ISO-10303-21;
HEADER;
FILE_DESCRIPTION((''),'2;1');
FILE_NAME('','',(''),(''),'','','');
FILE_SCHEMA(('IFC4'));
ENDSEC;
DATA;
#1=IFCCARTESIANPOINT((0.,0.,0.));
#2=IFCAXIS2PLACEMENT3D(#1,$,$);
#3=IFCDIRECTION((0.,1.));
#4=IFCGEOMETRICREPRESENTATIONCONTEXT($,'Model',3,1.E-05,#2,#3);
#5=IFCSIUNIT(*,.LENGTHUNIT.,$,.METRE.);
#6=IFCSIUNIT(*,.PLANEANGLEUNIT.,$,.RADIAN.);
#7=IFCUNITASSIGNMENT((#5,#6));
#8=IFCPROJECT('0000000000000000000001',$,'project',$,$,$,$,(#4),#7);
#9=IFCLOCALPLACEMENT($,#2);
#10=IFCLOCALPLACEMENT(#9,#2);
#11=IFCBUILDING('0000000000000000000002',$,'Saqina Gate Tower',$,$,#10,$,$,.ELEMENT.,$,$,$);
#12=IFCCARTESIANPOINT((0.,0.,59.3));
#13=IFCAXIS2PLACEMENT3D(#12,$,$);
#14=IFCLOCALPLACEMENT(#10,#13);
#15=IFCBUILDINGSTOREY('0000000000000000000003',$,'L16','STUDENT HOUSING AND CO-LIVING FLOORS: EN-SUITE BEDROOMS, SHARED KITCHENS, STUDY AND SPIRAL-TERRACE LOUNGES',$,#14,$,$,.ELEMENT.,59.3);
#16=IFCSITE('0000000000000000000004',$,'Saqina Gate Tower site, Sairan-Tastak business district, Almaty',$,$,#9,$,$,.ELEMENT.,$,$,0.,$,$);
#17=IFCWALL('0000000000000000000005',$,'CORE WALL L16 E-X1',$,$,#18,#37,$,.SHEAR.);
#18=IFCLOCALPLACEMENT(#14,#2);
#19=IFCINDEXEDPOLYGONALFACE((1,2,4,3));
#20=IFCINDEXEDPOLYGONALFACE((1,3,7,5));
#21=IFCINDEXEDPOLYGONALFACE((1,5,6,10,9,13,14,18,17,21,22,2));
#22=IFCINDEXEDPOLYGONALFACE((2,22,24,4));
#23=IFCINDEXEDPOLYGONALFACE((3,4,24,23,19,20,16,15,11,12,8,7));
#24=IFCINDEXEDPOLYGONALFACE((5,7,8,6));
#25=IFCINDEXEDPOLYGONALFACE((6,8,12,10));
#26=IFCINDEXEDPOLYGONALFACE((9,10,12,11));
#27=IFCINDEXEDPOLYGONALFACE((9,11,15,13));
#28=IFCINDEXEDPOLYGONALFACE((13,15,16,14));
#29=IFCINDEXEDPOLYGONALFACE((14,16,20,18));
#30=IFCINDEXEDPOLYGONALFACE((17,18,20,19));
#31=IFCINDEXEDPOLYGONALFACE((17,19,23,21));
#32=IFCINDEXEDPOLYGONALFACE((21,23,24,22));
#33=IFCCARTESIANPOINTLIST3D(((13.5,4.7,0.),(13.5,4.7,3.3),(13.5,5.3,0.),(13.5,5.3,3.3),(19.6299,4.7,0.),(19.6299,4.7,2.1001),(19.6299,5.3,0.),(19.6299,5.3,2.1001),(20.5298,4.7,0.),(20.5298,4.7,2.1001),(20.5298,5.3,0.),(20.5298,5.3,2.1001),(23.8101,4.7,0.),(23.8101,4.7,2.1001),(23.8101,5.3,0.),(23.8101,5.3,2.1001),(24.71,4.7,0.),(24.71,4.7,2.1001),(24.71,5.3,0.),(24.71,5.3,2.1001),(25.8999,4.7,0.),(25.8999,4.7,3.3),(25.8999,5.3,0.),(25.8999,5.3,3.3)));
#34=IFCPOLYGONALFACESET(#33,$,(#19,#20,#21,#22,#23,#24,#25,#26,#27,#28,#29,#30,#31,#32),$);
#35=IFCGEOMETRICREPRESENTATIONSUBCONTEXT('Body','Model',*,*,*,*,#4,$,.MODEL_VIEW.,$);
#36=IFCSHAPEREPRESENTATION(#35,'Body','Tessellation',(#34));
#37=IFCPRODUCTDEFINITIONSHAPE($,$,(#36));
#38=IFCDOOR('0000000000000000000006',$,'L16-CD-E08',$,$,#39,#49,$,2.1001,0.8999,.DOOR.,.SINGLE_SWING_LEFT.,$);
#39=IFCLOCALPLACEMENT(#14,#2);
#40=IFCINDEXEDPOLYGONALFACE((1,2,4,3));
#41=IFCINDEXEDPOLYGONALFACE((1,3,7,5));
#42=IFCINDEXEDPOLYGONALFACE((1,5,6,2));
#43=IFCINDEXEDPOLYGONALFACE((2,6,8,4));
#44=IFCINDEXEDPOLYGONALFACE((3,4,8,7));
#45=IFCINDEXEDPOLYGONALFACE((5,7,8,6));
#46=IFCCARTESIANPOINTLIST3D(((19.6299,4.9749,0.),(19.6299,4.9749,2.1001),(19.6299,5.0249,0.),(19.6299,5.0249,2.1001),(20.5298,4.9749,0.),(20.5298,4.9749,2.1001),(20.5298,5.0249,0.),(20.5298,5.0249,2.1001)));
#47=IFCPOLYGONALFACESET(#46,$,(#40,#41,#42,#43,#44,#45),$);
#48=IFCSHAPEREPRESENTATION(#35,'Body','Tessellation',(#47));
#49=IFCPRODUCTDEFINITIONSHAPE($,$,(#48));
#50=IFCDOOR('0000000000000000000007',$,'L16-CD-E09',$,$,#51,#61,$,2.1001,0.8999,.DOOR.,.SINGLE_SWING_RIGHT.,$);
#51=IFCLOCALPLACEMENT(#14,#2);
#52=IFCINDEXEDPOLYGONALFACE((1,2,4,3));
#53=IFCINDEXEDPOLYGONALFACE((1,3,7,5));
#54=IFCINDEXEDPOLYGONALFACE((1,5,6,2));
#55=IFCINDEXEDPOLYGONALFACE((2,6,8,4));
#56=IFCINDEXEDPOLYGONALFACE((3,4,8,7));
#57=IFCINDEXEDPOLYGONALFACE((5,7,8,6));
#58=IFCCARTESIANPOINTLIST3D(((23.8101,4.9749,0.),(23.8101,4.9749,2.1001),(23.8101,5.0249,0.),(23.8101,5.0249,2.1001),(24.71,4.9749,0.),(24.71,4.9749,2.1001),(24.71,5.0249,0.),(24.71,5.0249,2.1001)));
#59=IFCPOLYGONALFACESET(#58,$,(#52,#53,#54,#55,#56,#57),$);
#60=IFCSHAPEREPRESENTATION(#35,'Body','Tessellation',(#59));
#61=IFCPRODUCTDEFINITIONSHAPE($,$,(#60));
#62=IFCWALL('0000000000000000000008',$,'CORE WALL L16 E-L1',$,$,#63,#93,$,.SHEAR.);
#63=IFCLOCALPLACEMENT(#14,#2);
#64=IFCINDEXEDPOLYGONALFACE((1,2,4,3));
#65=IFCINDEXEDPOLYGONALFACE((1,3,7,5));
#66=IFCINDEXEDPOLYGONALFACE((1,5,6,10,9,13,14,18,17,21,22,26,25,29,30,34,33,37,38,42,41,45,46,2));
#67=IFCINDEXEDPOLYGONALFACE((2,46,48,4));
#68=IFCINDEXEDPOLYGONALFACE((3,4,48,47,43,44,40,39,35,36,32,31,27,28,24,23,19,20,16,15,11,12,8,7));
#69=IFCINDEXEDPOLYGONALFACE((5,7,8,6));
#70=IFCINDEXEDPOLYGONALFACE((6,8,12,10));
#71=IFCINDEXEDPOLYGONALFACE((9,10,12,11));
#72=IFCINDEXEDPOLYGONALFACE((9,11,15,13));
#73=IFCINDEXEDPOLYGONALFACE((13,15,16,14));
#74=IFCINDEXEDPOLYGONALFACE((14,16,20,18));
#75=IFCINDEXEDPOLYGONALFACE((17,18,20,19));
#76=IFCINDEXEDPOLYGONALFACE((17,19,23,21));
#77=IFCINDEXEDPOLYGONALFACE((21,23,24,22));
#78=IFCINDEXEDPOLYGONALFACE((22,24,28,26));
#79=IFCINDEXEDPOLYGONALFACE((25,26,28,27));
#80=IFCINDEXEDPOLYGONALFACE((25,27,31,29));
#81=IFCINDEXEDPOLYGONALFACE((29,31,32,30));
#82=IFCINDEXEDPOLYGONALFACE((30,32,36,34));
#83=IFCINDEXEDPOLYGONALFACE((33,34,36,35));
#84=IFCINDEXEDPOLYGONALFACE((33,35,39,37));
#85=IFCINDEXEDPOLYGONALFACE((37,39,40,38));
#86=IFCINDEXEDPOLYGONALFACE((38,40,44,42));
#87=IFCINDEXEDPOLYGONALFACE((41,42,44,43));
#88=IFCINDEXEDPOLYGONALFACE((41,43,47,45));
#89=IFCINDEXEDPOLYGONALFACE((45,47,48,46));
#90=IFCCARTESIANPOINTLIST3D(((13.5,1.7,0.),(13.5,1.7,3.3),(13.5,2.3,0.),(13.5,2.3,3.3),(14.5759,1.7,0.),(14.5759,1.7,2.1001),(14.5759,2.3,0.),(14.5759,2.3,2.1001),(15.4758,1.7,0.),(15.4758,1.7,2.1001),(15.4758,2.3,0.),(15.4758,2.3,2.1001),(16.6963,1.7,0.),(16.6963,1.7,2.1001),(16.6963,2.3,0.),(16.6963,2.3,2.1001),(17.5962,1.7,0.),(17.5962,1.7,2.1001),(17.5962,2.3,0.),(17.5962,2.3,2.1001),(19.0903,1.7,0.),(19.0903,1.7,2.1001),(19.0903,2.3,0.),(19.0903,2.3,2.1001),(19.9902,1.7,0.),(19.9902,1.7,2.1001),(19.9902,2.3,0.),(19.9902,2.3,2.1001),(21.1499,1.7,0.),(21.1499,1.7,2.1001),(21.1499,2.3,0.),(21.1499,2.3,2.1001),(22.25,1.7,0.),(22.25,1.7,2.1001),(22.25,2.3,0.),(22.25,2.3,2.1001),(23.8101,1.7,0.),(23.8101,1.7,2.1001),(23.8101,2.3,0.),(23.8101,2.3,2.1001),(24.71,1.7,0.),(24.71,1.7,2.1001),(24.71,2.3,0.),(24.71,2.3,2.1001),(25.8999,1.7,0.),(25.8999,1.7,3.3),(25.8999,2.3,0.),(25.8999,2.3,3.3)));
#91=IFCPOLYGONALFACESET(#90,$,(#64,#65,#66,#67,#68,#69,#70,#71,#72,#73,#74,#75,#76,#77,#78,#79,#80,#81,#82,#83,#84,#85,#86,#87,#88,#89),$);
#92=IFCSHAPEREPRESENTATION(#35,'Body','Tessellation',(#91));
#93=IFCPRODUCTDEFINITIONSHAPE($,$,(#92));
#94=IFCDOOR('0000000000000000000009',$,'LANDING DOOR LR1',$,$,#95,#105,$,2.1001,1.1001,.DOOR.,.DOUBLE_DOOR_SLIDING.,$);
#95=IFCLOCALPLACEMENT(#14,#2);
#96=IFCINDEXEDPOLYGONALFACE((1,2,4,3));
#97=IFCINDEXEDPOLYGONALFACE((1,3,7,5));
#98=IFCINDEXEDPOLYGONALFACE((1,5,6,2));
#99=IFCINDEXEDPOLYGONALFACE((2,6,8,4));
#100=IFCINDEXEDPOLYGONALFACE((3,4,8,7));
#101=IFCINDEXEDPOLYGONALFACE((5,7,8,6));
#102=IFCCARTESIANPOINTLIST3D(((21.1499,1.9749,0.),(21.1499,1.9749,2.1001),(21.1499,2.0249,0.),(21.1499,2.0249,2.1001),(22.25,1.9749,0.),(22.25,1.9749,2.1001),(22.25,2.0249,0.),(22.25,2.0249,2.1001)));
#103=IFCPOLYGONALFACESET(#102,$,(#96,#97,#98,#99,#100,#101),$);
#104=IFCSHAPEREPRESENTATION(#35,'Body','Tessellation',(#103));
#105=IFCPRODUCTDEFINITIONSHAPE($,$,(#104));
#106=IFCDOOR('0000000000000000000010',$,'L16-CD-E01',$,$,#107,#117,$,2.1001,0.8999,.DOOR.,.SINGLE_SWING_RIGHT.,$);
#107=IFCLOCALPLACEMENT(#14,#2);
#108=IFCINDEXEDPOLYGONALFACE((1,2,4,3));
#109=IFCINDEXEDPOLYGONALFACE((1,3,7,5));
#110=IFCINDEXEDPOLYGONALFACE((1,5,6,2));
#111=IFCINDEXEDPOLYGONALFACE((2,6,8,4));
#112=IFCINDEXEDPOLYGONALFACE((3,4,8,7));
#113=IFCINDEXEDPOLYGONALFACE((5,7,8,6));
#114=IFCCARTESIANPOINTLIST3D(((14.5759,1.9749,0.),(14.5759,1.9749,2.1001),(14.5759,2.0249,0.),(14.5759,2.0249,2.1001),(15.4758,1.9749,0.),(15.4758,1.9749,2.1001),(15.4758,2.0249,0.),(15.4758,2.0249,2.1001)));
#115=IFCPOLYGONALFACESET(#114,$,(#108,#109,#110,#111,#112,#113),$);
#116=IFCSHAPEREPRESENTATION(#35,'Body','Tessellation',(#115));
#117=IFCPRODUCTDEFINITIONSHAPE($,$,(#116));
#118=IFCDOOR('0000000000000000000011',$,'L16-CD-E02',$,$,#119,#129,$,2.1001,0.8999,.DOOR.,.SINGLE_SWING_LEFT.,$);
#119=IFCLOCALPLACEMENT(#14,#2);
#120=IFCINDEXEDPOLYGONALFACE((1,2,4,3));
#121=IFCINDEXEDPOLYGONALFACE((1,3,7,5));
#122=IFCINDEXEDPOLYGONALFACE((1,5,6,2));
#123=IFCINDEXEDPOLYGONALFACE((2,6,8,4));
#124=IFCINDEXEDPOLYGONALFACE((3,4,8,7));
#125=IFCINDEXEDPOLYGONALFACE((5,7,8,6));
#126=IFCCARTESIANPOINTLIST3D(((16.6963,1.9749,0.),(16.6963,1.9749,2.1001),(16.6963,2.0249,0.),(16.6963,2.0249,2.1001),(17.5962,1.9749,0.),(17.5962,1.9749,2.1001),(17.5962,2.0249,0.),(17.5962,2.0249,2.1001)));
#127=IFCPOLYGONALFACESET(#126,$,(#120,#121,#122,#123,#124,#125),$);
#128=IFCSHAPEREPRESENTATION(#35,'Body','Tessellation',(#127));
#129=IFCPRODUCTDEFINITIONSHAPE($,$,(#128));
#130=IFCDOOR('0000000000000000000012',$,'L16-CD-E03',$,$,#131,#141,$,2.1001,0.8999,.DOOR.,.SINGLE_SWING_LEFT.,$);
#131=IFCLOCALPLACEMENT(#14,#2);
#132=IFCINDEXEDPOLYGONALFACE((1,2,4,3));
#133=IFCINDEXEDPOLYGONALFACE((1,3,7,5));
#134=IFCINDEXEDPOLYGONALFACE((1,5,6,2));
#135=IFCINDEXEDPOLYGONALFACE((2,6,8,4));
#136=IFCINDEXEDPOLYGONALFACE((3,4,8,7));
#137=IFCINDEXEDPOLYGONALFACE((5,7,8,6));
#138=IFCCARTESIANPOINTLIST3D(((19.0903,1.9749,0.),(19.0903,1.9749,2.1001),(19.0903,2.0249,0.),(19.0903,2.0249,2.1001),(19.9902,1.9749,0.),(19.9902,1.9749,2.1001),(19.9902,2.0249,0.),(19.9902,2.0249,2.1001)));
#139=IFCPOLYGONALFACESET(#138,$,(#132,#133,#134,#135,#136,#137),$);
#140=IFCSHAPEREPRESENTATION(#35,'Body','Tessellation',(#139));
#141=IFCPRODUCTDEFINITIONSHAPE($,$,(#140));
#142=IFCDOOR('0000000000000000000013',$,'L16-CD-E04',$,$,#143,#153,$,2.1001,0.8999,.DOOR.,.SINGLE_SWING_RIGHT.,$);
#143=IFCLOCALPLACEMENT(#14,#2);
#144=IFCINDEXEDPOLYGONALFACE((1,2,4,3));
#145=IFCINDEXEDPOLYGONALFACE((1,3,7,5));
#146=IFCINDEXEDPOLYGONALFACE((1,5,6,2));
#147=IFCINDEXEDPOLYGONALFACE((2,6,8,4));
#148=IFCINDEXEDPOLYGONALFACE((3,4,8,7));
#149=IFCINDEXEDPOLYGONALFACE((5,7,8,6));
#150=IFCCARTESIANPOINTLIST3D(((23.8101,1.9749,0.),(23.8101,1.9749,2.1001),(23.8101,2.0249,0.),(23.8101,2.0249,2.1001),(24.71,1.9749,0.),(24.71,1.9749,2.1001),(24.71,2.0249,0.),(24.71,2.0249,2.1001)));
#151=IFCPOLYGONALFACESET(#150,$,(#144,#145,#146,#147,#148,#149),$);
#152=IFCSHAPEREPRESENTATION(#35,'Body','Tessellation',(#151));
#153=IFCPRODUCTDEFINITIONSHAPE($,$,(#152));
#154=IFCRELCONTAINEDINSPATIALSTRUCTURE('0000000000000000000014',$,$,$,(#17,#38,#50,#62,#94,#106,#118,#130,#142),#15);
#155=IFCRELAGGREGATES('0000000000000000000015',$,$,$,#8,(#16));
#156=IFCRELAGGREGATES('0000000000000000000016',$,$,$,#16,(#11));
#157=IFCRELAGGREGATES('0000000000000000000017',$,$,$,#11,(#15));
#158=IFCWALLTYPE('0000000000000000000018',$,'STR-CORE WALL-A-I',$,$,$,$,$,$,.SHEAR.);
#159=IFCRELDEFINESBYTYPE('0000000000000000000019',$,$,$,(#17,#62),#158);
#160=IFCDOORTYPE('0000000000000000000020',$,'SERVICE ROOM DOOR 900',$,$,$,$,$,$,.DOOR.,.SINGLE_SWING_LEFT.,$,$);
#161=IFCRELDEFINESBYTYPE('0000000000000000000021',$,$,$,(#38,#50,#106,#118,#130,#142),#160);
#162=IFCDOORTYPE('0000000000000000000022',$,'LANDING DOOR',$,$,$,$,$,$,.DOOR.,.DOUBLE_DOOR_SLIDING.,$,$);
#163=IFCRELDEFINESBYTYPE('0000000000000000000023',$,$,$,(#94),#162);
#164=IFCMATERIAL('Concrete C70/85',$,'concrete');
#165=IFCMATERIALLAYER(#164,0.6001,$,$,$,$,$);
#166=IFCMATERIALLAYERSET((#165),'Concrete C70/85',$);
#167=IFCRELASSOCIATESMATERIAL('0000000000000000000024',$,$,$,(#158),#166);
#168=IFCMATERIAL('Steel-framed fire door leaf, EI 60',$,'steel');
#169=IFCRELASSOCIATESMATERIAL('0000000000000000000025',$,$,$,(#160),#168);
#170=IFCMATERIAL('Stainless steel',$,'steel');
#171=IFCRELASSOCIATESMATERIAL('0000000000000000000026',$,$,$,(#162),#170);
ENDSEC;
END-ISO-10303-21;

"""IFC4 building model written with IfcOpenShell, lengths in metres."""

from ifc_helpers import new_model, si_unit, direction, frame, frame_2d, origin, place, context, subcontext, project, spatial, rectangle, extrude, material, layer, layer_set, type_object, element, fill, save


model = new_model("IFC4")

# Units and contexts
model_context = context("Model", 3, precision=1e-05, world=origin(), true_north=direction((0.0, 1.0)))
body_context = subcontext(model_context, "Body", "Model", "MODEL_VIEW")
ifc_project = project(units=[si_unit("LENGTHUNIT", "METRE"), si_unit("PLANEANGLEUNIT", "RADIAN")], contexts=[model_context])

# Site, building, storey
site_placement = place(None, origin())
site = spatial("IfcSite", under=ifc_project, at=site_placement, Name="Saqina Gate Tower site, Sairan-Tastak business district, Almaty", CompositionType="ELEMENT", RefElevation=0.0)
building_placement = place(site_placement, origin())
building = spatial("IfcBuilding", under=site, at=building_placement, Name="Saqina Gate Tower", CompositionType="ELEMENT")
storey_placement = place(building_placement, frame((0.0, 0.0, 59.3)))
storey = spatial("IfcBuildingStorey", under=building, at=storey_placement, Name="L16", Description="STUDENT HOUSING AND CO-LIVING FLOORS: EN-SUITE BEDROOMS, SHARED KITCHENS, STUDY AND SPIRAL-TERRACE LOUNGES", CompositionType="ELEMENT", Elevation=59.3)

# Walls, openings, doors
ifc_material_1 = material(Name="Concrete C70/85", Category="concrete")
ifc_layer_1 = layer(ifc_material_1, 0.6001)
ifc_layer_set_1 = layer_set([ifc_layer_1], Name="Concrete C70/85")
wall_type_1 = type_object("IfcWallType", Name="STR-CORE WALL-A-I", PredefinedType="SHEAR", material=ifc_layer_set_1)
wall_1_placement = place(storey_placement, frame((13.5, 5.0, 0.0), z_axis=(0.0, 0.0, 1.0), x_axis=(1.0, 0.0, 0.0)))
wall_1 = element("IfcWall", 1, at=wall_1_placement, inside=storey, type_object=wall_type_1, Name="CORE WALL L16 E-X1", PredefinedType="SHEAR", context=body_context, shape_type="SweptSolid", body=[
    extrude(rectangle(XDim=12.3999, YDim=0.6001, at=frame_2d((6.2, 0.0))), origin(), (0.0, 0.0, 1.0), 3.3),
])
opening_1_placement = place(wall_1_placement, frame((6.1299, 0.0, 0.0)))
opening_1 = element("IfcOpeningElement", 2, at=opening_1_placement, cuts=wall_1, PredefinedType="OPENING", context=body_context, shape_type="SweptSolid", body=[
    extrude(rectangle(XDim=0.8999, YDim=2.1001, at=frame_2d((0.45, 1.05))), frame((0.0, 0.312, 0.0), z_axis=(0.0, -1.0, 0.0), x_axis=(1.0, 0.0, 0.0)), (0.0, 0.0, 1.0), 0.624),
])
opening_2_placement = place(wall_1_placement, frame((10.3101, 0.0, 0.0)))
opening_2 = element("IfcOpeningElement", 3, at=opening_2_placement, cuts=wall_1, PredefinedType="OPENING", context=body_context, shape_type="SweptSolid", body=[
    extrude(rectangle(XDim=0.8999, YDim=2.1001, at=frame_2d((0.45, 1.05))), frame((0.0, 0.312, 0.0), z_axis=(0.0, -1.0, 0.0), x_axis=(1.0, 0.0, 0.0)), (0.0, 0.0, 1.0), 0.624),
])
ifc_material_2 = material(Name="Steel-framed fire door leaf, EI 60", Category="steel")
door_type_1 = type_object("IfcDoorType", Name="SERVICE ROOM DOOR 900", OperationType="SINGLE_SWING_LEFT", PredefinedType="DOOR", material=ifc_material_2)
door_1_placement = place(opening_1_placement, origin())
door_1 = element("IfcDoor", 4, at=door_1_placement, inside=storey, type_object=door_type_1, Name="L16-CD-E08", OperationType="SINGLE_SWING_LEFT", OverallHeight=2.1001, OverallWidth=0.8999, PredefinedType="DOOR", context=body_context, shape_type="SweptSolid", body=[
    extrude(rectangle(XDim=0.8999, YDim=2.1001, at=frame_2d((0.45, 1.05))), frame((0.0, 0.0249, 0.0), z_axis=(0.0, -1.0, 0.0), x_axis=(1.0, 0.0, 0.0)), (0.0, 0.0, 1.0), 0.05),
])
fill(opening_1, door_1)
door_2_placement = place(opening_2_placement, origin())
door_2 = element("IfcDoor", 5, at=door_2_placement, inside=storey, type_object=door_type_1, Name="L16-CD-E09", OperationType="SINGLE_SWING_RIGHT", OverallHeight=2.1001, OverallWidth=0.8999, PredefinedType="DOOR", context=body_context, shape_type="SweptSolid", body=[
    extrude(rectangle(XDim=0.8999, YDim=2.1001, at=frame_2d((0.45, 1.05))), frame((0.0, 0.0249, 0.0), z_axis=(0.0, -1.0, 0.0), x_axis=(1.0, 0.0, 0.0)), (0.0, 0.0, 1.0), 0.05),
])
fill(opening_2, door_2)
wall_2_placement = place(storey_placement, frame((13.5, 2.0, 0.0), z_axis=(0.0, 0.0, 1.0), x_axis=(1.0, 0.0, 0.0)))
wall_2 = element("IfcWall", 6, at=wall_2_placement, inside=storey, type_object=wall_type_1, Name="CORE WALL L16 E-L1", PredefinedType="SHEAR", context=body_context, shape_type="SweptSolid", body=[
    extrude(rectangle(XDim=12.3999, YDim=0.6001, at=frame_2d((6.2, 0.0))), origin(), (0.0, 0.0, 1.0), 3.3),
])
opening_3_placement = place(wall_2_placement, frame((7.6499, 0.0, 0.0)))
opening_3 = element("IfcOpeningElement", 7, at=opening_3_placement, cuts=wall_2, PredefinedType="OPENING", context=body_context, shape_type="SweptSolid", body=[
    extrude(rectangle(XDim=1.1001, YDim=2.1001, at=frame_2d((0.55, 1.05))), frame((0.0, 0.312, 0.0), z_axis=(0.0, -1.0, 0.0), x_axis=(1.0, 0.0, 0.0)), (0.0, 0.0, 1.0), 0.624),
])
opening_4_placement = place(wall_2_placement, frame((1.0759, 0.0, 0.0)))
opening_4 = element("IfcOpeningElement", 8, at=opening_4_placement, cuts=wall_2, PredefinedType="OPENING", context=body_context, shape_type="SweptSolid", body=[
    extrude(rectangle(XDim=0.8999, YDim=2.1001, at=frame_2d((0.45, 1.05))), frame((0.0, 0.312, 0.0), z_axis=(0.0, -1.0, 0.0), x_axis=(1.0, 0.0, 0.0)), (0.0, 0.0, 1.0), 0.624),
])
opening_5_placement = place(wall_2_placement, frame((3.1963, 0.0, 0.0)))
opening_5 = element("IfcOpeningElement", 9, at=opening_5_placement, cuts=wall_2, PredefinedType="OPENING", context=body_context, shape_type="SweptSolid", body=[
    extrude(rectangle(XDim=0.8999, YDim=2.1001, at=frame_2d((0.45, 1.05))), frame((0.0, 0.312, 0.0), z_axis=(0.0, -1.0, 0.0), x_axis=(1.0, 0.0, 0.0)), (0.0, 0.0, 1.0), 0.624),
])
opening_6_placement = place(wall_2_placement, frame((5.5903, 0.0, 0.0)))
opening_6 = element("IfcOpeningElement", 10, at=opening_6_placement, cuts=wall_2, PredefinedType="OPENING", context=body_context, shape_type="SweptSolid", body=[
    extrude(rectangle(XDim=0.8999, YDim=2.1001, at=frame_2d((0.45, 1.05))), frame((0.0, 0.312, 0.0), z_axis=(0.0, -1.0, 0.0), x_axis=(1.0, 0.0, 0.0)), (0.0, 0.0, 1.0), 0.624),
])
opening_7_placement = place(wall_2_placement, frame((10.3101, 0.0, 0.0)))
opening_7 = element("IfcOpeningElement", 11, at=opening_7_placement, cuts=wall_2, PredefinedType="OPENING", context=body_context, shape_type="SweptSolid", body=[
    extrude(rectangle(XDim=0.8999, YDim=2.1001, at=frame_2d((0.45, 1.05))), frame((0.0, 0.312, 0.0), z_axis=(0.0, -1.0, 0.0), x_axis=(1.0, 0.0, 0.0)), (0.0, 0.0, 1.0), 0.624),
])
ifc_material_3 = material(Name="Stainless steel", Category="steel")
door_type_2 = type_object("IfcDoorType", Name="LANDING DOOR", OperationType="DOUBLE_DOOR_SLIDING", PredefinedType="DOOR", material=ifc_material_3)
door_3_placement = place(opening_3_placement, origin())
door_3 = element("IfcDoor", 12, at=door_3_placement, inside=storey, type_object=door_type_2, Name="LANDING DOOR LR1", OperationType="DOUBLE_DOOR_SLIDING", OverallHeight=2.1001, OverallWidth=1.1001, PredefinedType="DOOR", context=body_context, shape_type="SweptSolid", body=[
    extrude(rectangle(XDim=1.1001, YDim=2.1001, at=frame_2d((0.55, 1.05))), frame((0.0, 0.0249, 0.0), z_axis=(0.0, -1.0, 0.0), x_axis=(1.0, 0.0, 0.0)), (0.0, 0.0, 1.0), 0.05),
])
fill(opening_3, door_3)
door_4_placement = place(opening_4_placement, origin())
door_4 = element("IfcDoor", 13, at=door_4_placement, inside=storey, type_object=door_type_1, Name="L16-CD-E01", OperationType="SINGLE_SWING_RIGHT", OverallHeight=2.1001, OverallWidth=0.8999, PredefinedType="DOOR", context=body_context, shape_type="SweptSolid", body=[
    extrude(rectangle(XDim=0.8999, YDim=2.1001, at=frame_2d((0.45, 1.05))), frame((0.0, 0.0249, 0.0), z_axis=(0.0, -1.0, 0.0), x_axis=(1.0, 0.0, 0.0)), (0.0, 0.0, 1.0), 0.05),
])
fill(opening_4, door_4)
door_5_placement = place(opening_5_placement, origin())
door_5 = element("IfcDoor", 14, at=door_5_placement, inside=storey, type_object=door_type_1, Name="L16-CD-E02", OperationType="SINGLE_SWING_LEFT", OverallHeight=2.1001, OverallWidth=0.8999, PredefinedType="DOOR", context=body_context, shape_type="SweptSolid", body=[
    extrude(rectangle(XDim=0.8999, YDim=2.1001, at=frame_2d((0.45, 1.05))), frame((0.0, 0.0249, 0.0), z_axis=(0.0, -1.0, 0.0), x_axis=(1.0, 0.0, 0.0)), (0.0, 0.0, 1.0), 0.05),
])
fill(opening_5, door_5)
door_6_placement = place(opening_6_placement, origin())
door_6 = element("IfcDoor", 15, at=door_6_placement, inside=storey, type_object=door_type_1, Name="L16-CD-E03", OperationType="SINGLE_SWING_LEFT", OverallHeight=2.1001, OverallWidth=0.8999, PredefinedType="DOOR", context=body_context, shape_type="SweptSolid", body=[
    extrude(rectangle(XDim=0.8999, YDim=2.1001, at=frame_2d((0.45, 1.05))), frame((0.0, 0.0249, 0.0), z_axis=(0.0, -1.0, 0.0), x_axis=(1.0, 0.0, 0.0)), (0.0, 0.0, 1.0), 0.05),
])
fill(opening_6, door_6)
door_7_placement = place(opening_7_placement, origin())
door_7 = element("IfcDoor", 16, at=door_7_placement, inside=storey, type_object=door_type_1, Name="L16-CD-E04", OperationType="SINGLE_SWING_RIGHT", OverallHeight=2.1001, OverallWidth=0.8999, PredefinedType="DOOR", context=body_context, shape_type="SweptSolid", body=[
    extrude(rectangle(XDim=0.8999, YDim=2.1001, at=frame_2d((0.45, 1.05))), frame((0.0, 0.0249, 0.0), z_axis=(0.0, -1.0, 0.0), x_axis=(1.0, 0.0, 0.0)), (0.0, 0.0, 1.0), 0.05),
])
fill(opening_7, door_7)

save(model, "model.ifc")
